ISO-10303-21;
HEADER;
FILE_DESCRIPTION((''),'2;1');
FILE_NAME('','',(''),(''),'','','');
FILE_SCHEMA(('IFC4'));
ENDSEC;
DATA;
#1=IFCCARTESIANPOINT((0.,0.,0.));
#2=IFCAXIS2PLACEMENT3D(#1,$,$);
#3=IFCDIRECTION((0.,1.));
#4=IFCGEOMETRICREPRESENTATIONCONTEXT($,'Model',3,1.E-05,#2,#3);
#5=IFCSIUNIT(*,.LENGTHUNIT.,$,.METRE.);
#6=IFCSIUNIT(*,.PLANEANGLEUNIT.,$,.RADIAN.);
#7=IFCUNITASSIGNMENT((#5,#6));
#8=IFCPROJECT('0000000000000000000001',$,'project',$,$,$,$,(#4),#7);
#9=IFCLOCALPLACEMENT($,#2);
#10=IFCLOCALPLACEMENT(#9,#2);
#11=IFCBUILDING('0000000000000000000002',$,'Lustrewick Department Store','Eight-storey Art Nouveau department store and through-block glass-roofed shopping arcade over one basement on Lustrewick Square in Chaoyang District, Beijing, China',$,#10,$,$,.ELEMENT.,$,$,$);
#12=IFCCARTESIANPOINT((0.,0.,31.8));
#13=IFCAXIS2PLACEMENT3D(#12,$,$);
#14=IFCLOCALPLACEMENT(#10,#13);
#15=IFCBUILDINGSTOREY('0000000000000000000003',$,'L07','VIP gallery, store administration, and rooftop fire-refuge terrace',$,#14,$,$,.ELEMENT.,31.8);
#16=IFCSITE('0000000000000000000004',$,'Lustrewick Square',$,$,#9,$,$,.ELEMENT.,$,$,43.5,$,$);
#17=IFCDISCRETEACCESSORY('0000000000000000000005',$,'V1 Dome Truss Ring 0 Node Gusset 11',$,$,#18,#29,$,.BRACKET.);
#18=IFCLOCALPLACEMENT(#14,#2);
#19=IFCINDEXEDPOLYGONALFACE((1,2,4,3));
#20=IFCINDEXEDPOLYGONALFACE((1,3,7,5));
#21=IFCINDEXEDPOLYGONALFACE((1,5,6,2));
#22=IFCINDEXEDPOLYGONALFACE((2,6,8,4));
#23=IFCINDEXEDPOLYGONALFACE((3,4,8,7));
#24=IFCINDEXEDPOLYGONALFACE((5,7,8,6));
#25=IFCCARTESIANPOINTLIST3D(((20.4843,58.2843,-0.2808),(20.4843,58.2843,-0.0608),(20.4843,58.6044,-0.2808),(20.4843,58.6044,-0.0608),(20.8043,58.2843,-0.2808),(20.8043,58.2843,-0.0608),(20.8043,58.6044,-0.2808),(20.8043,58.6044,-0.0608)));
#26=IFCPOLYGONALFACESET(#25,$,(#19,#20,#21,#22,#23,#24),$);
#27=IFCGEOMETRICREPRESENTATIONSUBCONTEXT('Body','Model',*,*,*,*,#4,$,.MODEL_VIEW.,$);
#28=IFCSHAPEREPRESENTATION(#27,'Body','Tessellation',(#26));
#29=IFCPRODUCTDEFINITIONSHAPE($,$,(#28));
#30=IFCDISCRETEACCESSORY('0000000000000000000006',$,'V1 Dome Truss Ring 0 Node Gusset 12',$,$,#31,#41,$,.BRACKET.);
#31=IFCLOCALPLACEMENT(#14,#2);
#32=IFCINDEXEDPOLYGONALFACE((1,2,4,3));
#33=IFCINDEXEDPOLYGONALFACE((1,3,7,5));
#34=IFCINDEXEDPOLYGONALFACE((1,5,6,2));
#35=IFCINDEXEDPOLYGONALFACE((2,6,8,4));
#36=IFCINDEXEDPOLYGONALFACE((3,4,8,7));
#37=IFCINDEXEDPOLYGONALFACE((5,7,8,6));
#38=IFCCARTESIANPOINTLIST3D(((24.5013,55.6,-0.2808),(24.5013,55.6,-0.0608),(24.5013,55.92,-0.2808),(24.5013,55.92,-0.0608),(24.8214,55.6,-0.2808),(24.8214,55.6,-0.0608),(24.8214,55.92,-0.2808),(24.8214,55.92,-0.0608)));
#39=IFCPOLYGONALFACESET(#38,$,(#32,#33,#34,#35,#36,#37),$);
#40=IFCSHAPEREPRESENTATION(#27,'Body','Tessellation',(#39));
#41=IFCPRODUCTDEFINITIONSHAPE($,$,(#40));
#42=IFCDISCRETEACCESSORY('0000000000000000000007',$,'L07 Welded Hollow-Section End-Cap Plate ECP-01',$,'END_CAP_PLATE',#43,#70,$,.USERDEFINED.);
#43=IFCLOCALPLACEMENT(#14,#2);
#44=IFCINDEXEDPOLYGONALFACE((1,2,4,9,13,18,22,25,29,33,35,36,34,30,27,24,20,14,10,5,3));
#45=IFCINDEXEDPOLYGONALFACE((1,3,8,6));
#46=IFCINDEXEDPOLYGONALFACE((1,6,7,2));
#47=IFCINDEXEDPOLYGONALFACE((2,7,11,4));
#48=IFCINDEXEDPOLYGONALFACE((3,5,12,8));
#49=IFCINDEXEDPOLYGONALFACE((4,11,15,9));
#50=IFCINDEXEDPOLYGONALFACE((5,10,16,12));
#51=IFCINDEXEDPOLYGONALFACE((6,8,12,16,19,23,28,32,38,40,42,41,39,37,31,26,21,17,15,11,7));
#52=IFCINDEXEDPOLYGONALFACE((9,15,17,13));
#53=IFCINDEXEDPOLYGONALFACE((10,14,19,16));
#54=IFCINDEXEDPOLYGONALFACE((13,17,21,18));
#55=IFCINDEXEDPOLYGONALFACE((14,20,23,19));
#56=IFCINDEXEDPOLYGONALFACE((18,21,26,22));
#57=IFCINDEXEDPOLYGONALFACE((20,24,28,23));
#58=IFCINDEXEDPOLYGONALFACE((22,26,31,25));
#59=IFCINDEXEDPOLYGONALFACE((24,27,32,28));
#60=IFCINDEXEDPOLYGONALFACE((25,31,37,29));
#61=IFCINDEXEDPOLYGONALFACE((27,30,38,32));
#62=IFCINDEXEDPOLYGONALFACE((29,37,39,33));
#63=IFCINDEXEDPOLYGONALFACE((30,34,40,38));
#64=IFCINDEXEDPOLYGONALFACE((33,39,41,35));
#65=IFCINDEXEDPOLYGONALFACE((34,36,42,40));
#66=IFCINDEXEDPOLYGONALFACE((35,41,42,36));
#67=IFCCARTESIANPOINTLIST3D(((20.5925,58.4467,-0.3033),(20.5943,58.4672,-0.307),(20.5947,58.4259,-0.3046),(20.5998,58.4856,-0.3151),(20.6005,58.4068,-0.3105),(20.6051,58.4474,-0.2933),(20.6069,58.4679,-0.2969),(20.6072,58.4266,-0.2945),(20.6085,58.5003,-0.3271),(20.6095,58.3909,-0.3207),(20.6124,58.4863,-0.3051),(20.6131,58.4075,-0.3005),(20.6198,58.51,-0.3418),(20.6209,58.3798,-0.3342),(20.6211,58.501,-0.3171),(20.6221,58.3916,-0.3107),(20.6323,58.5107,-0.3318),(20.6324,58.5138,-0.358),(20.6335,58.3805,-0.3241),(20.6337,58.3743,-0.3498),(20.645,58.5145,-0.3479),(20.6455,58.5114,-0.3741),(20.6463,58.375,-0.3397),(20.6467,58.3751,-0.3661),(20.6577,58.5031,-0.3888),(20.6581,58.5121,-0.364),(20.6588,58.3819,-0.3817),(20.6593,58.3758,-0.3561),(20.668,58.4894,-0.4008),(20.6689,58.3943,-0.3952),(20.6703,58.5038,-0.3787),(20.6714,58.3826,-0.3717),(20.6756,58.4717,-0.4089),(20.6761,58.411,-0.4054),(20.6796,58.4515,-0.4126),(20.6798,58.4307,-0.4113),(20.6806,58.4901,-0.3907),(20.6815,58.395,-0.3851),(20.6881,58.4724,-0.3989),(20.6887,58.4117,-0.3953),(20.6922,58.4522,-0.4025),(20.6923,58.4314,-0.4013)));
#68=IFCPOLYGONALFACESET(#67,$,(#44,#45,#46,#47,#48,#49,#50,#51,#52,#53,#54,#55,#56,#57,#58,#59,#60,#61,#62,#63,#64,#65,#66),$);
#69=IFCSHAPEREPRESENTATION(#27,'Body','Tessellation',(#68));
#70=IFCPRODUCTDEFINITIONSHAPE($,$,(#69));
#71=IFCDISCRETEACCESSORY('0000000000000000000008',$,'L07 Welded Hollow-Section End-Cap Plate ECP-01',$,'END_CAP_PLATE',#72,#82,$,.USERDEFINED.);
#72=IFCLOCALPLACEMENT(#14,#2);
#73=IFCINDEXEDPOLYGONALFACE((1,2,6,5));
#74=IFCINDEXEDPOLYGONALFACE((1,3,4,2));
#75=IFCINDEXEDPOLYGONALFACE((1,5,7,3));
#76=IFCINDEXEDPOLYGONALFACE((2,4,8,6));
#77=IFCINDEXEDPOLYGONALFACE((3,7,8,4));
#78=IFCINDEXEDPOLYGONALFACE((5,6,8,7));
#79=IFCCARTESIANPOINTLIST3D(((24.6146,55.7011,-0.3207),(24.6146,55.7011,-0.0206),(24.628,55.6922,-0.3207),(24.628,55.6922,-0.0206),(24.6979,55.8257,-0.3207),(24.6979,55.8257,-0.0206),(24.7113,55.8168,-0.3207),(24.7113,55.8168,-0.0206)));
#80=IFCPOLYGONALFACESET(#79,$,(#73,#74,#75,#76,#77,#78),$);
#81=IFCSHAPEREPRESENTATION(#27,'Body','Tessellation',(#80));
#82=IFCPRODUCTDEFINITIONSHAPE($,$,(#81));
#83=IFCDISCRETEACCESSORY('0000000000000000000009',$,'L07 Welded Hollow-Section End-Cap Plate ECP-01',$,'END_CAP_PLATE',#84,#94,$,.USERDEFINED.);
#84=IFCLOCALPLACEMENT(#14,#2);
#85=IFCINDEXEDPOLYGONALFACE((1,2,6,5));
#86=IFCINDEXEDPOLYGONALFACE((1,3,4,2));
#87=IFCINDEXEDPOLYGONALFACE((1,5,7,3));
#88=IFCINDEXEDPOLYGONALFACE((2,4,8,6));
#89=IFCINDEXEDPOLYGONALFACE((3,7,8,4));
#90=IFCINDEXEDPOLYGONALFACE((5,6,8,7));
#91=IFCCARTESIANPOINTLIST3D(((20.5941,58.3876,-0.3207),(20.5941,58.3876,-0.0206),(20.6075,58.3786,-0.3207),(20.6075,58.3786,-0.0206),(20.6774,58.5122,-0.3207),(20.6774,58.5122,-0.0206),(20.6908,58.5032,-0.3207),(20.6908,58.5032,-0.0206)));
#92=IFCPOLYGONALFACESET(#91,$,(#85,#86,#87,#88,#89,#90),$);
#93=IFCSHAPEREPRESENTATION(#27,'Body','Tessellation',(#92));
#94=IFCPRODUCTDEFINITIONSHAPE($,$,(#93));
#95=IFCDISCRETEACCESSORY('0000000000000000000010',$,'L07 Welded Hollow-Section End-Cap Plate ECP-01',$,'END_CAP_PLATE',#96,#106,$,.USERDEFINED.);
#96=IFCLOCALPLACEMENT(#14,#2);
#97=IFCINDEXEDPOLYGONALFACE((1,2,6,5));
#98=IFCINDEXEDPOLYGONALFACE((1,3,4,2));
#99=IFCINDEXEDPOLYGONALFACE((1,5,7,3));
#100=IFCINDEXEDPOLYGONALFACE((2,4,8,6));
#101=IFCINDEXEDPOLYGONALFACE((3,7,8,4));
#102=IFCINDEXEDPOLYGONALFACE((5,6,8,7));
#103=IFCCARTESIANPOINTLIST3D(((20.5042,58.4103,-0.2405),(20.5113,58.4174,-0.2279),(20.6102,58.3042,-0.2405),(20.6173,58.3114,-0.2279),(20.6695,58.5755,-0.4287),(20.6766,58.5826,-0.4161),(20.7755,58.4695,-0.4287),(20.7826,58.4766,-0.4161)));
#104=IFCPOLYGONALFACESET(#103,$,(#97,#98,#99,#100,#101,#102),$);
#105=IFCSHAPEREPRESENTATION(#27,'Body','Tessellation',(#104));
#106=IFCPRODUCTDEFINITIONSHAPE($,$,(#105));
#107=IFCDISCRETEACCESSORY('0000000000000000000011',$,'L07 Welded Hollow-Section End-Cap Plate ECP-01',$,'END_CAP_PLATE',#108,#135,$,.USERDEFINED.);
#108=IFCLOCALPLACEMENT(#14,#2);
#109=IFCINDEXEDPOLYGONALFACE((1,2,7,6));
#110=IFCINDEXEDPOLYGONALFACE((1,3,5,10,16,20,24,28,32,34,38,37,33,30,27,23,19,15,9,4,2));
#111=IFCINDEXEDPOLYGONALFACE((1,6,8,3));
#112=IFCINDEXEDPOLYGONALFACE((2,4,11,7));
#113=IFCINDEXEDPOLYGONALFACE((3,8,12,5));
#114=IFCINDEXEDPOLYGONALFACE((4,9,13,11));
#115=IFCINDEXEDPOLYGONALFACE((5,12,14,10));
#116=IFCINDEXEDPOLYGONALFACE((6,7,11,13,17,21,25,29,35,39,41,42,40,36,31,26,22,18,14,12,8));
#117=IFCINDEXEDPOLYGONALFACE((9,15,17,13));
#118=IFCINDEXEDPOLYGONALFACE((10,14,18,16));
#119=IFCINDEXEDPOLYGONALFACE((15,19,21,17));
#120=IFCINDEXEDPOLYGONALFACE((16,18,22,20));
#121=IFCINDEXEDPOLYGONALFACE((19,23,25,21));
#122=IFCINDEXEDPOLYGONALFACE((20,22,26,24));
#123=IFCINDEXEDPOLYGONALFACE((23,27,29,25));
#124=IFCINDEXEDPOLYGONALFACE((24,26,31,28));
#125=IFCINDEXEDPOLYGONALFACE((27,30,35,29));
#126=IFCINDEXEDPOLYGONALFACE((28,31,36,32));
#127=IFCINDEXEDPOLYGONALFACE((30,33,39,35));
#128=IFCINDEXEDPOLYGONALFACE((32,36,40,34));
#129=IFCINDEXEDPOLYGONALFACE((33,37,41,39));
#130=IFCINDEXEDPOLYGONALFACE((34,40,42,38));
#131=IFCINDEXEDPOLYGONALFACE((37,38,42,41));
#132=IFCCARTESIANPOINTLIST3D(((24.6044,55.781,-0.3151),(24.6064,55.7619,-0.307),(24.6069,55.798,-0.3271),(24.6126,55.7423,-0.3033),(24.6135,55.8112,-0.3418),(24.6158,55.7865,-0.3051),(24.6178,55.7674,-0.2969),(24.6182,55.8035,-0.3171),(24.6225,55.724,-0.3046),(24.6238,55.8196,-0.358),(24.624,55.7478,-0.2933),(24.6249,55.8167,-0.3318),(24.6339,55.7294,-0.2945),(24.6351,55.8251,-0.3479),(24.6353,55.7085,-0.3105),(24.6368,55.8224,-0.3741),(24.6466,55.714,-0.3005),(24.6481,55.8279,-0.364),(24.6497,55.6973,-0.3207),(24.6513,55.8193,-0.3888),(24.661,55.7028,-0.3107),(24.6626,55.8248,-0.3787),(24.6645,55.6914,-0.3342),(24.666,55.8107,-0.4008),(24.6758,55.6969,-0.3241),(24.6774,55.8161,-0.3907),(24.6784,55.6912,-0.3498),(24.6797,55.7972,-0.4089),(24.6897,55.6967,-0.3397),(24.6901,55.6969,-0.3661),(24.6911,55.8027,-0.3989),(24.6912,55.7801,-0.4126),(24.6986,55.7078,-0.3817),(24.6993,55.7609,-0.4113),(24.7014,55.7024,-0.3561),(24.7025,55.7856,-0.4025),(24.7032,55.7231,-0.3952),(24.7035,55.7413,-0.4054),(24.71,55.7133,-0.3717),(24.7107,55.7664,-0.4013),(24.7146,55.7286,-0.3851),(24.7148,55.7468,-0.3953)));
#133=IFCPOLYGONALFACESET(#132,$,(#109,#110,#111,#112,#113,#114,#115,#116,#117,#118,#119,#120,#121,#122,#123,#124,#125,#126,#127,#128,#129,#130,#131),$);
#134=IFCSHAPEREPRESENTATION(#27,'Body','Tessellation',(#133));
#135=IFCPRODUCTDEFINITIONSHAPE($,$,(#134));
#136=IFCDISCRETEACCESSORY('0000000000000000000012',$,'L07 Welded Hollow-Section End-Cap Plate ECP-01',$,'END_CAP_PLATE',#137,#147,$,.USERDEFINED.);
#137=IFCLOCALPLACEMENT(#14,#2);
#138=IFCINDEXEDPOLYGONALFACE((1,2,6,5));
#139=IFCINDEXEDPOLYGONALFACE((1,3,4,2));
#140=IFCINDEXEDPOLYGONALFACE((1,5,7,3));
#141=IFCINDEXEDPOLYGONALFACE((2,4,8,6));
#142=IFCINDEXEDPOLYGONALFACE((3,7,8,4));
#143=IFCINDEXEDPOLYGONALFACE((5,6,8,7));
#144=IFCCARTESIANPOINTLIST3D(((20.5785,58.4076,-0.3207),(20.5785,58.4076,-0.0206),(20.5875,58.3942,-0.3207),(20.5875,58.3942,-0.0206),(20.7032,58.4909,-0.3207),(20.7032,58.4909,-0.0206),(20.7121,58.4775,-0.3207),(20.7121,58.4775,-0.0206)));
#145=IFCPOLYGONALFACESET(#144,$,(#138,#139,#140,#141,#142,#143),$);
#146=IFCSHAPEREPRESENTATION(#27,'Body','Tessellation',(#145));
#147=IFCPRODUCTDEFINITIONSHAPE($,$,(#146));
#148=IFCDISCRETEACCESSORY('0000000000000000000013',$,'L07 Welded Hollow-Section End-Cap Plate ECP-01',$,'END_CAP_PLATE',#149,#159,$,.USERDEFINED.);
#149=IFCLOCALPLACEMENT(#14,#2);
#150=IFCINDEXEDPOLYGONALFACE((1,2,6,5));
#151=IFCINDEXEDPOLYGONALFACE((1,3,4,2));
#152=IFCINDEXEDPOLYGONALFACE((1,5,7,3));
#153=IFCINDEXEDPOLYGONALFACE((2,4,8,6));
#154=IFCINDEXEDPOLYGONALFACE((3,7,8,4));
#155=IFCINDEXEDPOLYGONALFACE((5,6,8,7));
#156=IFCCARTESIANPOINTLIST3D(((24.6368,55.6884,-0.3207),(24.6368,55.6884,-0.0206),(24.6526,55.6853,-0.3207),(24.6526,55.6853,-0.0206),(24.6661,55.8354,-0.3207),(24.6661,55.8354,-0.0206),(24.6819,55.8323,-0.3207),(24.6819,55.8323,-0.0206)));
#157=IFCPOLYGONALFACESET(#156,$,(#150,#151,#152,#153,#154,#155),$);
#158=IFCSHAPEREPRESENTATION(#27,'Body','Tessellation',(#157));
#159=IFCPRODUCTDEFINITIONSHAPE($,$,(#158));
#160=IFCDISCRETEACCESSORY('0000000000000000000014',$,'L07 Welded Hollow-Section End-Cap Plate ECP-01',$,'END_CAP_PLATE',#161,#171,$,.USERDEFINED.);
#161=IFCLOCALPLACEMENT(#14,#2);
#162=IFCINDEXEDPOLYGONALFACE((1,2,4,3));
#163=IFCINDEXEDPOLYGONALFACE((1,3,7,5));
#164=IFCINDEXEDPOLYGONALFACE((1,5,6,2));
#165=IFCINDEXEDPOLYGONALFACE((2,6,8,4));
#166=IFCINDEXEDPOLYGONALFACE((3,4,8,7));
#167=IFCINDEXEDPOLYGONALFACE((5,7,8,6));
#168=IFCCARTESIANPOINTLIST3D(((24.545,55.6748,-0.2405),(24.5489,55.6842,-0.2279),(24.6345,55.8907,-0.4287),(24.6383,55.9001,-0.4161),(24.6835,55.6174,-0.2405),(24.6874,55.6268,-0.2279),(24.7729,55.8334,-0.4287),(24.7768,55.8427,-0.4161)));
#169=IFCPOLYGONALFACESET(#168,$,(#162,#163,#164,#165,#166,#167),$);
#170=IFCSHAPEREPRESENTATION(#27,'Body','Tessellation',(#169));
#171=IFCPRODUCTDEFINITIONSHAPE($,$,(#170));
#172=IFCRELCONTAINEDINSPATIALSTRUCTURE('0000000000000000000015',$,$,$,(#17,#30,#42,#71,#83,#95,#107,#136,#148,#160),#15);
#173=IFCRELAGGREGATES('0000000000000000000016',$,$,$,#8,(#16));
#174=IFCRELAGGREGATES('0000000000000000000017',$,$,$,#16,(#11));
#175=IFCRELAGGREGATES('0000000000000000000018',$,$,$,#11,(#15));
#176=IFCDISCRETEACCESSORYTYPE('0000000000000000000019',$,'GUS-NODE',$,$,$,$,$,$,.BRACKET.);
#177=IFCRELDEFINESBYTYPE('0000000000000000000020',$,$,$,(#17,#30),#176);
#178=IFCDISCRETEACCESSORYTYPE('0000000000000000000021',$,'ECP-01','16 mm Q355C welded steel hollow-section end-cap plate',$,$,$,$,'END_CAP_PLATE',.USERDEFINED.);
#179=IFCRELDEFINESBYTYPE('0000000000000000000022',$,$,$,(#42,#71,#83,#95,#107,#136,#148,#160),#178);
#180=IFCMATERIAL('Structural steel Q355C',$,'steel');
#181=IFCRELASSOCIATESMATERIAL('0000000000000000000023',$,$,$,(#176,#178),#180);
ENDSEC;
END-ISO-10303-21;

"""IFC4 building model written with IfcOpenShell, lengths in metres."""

from ifc_helpers import new_model, si_unit, direction, frame, origin, origin_2d, place, context, subcontext, project, spatial, rectangle, circle, extrude, material, type_object, element, save


model = new_model("IFC4")

# Units and contexts
model_context = context("Model", 3, precision=1e-05, world=origin(), true_north=direction((0.0, 1.0)))
body_context = subcontext(model_context, "Body", "Model", "MODEL_VIEW")
ifc_project = project(units=[si_unit("LENGTHUNIT", "METRE"), si_unit("PLANEANGLEUNIT", "RADIAN")], contexts=[model_context])

# Site, building, storey
site_placement = place(None, origin())
site = spatial("IfcSite", under=ifc_project, at=site_placement, Name="Lustrewick Square", CompositionType="ELEMENT", RefElevation=43.5)
building_placement = place(site_placement, origin())
building = spatial("IfcBuilding", under=site, at=building_placement, Name="Lustrewick Department Store", Description="Eight-storey Art Nouveau department store and through-block glass-roofed shopping arcade over one basement on Lustrewick Square in Chaoyang District, Beijing, China", CompositionType="ELEMENT")
storey_placement = place(building_placement, frame((0.0, 0.0, 31.8)))
storey = spatial("IfcBuildingStorey", under=building, at=storey_placement, Name="L07", Description="VIP gallery, store administration, and rooftop fire-refuge terrace", CompositionType="ELEMENT", Elevation=31.8)

# Shared definitions
ifc_material_1 = material(Name="Structural steel Q355C", Category="steel")

# Discrete accessories
discrete_accessory_type_1 = type_object("IfcDiscreteAccessoryType", Name="GUS-NODE", PredefinedType="BRACKET", material=ifc_material_1)
for number, where, z_axis, x_axis, name in (
    (1, (20.6443, 58.4443, -0.2808), (0.0, 0.0, 1.0), (1.0, 0.0, 0.0), "V1 Dome Truss Ring 0 Node Gusset 11"),
    (2, (24.6614, 55.76, -0.2808), (0.0, 0.0, 1.0), (1.0, 0.0, 0.0), "V1 Dome Truss Ring 0 Node Gusset 12"),
):
    element("IfcDiscreteAccessory", number, at=place(storey_placement, frame(where, z_axis=z_axis, x_axis=x_axis)), inside=storey, type_object=discrete_accessory_type_1, Name=name, PredefinedType="BRACKET", context=body_context, shape_type="SweptSolid", body=[
        extrude(rectangle(XDim=0.3201, YDim=0.3201, at=origin_2d()), origin(), (0.0, 0.0, 1.0), 0.22),
    ])
discrete_accessory_type_2 = type_object("IfcDiscreteAccessoryType", Name="ECP-01", Description="16 mm Q355C welded steel hollow-section end-cap plate", ElementType="END_CAP_PLATE", PredefinedType="USERDEFINED", material=ifc_material_1)
discrete_accessory_1_placement = place(storey_placement, frame((20.6489, 58.4446, -0.3479), z_axis=(-0.780337, -0.043542, -0.623841), x_axis=(-0.055712, 0.998447, 0.0)))
element("IfcDiscreteAccessory", 3, at=discrete_accessory_1_placement, inside=storey, type_object=discrete_accessory_type_2, Name="L07 Welded Hollow-Section End-Cap Plate ECP-01", ObjectType="END_CAP_PLATE", PredefinedType="USERDEFINED", context=body_context, shape_type="SweptSolid", body=[
    extrude(circle(Radius=0.0701, at=origin_2d()), origin(), (0.0, 0.0, 1.0), 0.0161),
])
for number, where, z_axis, x_axis, name in (
    (4, (24.6562, 55.7634, -0.1707), (0.831451, -0.555598, 0.0), (0.555598, 0.831451, 0.0), "L07 Welded Hollow-Section End-Cap Plate ECP-01"),
    (5, (20.6492, 58.4409, -0.1707), (-0.831451, 0.555598, 0.0), (0.555598, 0.831451, 0.0), "L07 Welded Hollow-Section End-Cap Plate ECP-01"),
    (6, (20.647, 58.447, -0.322), (-0.443459, -0.443412, -0.778928), (-0.707069, 0.707145, 0.0), "L07 Welded Hollow-Section End-Cap Plate ECP-01"),
):
    element("IfcDiscreteAccessory", number, at=place(storey_placement, frame(where, z_axis=z_axis, x_axis=x_axis)), inside=storey, type_object=discrete_accessory_type_2, Name=name, ObjectType="END_CAP_PLATE", PredefinedType="USERDEFINED", context=body_context, shape_type="SweptSolid", body=[
        extrude(rectangle(XDim=0.1499, YDim=0.3, at=origin_2d()), origin(), (0.0, 0.0, 1.0), 0.0161),
    ])
discrete_accessory_2_placement = place(storey_placement, frame((24.6655, 55.762, -0.3479), z_axis=(-0.70425, -0.338899, -0.623843), x_axis=(-0.433624, 0.901094, 0.0)))
element("IfcDiscreteAccessory", 7, at=discrete_accessory_2_placement, inside=storey, type_object=discrete_accessory_type_2, Name="L07 Welded Hollow-Section End-Cap Plate ECP-01", ObjectType="END_CAP_PLATE", PredefinedType="USERDEFINED", context=body_context, shape_type="SweptSolid", body=[
    extrude(circle(Radius=0.0701, at=origin_2d()), origin(), (0.0, 0.0, 1.0), 0.0161),
])
for number, where, z_axis, x_axis, name in (
    (8, (20.6409, 58.4492, -0.1707), (0.555563, -0.831475, 0.0), (0.831475, 0.555563, 0.0), "L07 Welded Hollow-Section End-Cap Plate ECP-01"),
    (9, (24.6672, 55.7588, -0.1707), (-0.980782, 0.195105, 0.0), (0.195105, 0.980782, 0.0), "L07 Welded Hollow-Section End-Cap Plate ECP-01"),
    (10, (24.6628, 55.7634, -0.322), (-0.240018, -0.579378, -0.778918), (-0.923862, 0.382726, 0.0), "L07 Welded Hollow-Section End-Cap Plate ECP-01"),
):
    element("IfcDiscreteAccessory", number, at=place(storey_placement, frame(where, z_axis=z_axis, x_axis=x_axis)), inside=storey, type_object=discrete_accessory_type_2, Name=name, ObjectType="END_CAP_PLATE", PredefinedType="USERDEFINED", context=body_context, shape_type="SweptSolid", body=[
        extrude(rectangle(XDim=0.1499, YDim=0.3, at=origin_2d()), origin(), (0.0, 0.0, 1.0), 0.0161),
    ])

save(model, "model.ifc")
